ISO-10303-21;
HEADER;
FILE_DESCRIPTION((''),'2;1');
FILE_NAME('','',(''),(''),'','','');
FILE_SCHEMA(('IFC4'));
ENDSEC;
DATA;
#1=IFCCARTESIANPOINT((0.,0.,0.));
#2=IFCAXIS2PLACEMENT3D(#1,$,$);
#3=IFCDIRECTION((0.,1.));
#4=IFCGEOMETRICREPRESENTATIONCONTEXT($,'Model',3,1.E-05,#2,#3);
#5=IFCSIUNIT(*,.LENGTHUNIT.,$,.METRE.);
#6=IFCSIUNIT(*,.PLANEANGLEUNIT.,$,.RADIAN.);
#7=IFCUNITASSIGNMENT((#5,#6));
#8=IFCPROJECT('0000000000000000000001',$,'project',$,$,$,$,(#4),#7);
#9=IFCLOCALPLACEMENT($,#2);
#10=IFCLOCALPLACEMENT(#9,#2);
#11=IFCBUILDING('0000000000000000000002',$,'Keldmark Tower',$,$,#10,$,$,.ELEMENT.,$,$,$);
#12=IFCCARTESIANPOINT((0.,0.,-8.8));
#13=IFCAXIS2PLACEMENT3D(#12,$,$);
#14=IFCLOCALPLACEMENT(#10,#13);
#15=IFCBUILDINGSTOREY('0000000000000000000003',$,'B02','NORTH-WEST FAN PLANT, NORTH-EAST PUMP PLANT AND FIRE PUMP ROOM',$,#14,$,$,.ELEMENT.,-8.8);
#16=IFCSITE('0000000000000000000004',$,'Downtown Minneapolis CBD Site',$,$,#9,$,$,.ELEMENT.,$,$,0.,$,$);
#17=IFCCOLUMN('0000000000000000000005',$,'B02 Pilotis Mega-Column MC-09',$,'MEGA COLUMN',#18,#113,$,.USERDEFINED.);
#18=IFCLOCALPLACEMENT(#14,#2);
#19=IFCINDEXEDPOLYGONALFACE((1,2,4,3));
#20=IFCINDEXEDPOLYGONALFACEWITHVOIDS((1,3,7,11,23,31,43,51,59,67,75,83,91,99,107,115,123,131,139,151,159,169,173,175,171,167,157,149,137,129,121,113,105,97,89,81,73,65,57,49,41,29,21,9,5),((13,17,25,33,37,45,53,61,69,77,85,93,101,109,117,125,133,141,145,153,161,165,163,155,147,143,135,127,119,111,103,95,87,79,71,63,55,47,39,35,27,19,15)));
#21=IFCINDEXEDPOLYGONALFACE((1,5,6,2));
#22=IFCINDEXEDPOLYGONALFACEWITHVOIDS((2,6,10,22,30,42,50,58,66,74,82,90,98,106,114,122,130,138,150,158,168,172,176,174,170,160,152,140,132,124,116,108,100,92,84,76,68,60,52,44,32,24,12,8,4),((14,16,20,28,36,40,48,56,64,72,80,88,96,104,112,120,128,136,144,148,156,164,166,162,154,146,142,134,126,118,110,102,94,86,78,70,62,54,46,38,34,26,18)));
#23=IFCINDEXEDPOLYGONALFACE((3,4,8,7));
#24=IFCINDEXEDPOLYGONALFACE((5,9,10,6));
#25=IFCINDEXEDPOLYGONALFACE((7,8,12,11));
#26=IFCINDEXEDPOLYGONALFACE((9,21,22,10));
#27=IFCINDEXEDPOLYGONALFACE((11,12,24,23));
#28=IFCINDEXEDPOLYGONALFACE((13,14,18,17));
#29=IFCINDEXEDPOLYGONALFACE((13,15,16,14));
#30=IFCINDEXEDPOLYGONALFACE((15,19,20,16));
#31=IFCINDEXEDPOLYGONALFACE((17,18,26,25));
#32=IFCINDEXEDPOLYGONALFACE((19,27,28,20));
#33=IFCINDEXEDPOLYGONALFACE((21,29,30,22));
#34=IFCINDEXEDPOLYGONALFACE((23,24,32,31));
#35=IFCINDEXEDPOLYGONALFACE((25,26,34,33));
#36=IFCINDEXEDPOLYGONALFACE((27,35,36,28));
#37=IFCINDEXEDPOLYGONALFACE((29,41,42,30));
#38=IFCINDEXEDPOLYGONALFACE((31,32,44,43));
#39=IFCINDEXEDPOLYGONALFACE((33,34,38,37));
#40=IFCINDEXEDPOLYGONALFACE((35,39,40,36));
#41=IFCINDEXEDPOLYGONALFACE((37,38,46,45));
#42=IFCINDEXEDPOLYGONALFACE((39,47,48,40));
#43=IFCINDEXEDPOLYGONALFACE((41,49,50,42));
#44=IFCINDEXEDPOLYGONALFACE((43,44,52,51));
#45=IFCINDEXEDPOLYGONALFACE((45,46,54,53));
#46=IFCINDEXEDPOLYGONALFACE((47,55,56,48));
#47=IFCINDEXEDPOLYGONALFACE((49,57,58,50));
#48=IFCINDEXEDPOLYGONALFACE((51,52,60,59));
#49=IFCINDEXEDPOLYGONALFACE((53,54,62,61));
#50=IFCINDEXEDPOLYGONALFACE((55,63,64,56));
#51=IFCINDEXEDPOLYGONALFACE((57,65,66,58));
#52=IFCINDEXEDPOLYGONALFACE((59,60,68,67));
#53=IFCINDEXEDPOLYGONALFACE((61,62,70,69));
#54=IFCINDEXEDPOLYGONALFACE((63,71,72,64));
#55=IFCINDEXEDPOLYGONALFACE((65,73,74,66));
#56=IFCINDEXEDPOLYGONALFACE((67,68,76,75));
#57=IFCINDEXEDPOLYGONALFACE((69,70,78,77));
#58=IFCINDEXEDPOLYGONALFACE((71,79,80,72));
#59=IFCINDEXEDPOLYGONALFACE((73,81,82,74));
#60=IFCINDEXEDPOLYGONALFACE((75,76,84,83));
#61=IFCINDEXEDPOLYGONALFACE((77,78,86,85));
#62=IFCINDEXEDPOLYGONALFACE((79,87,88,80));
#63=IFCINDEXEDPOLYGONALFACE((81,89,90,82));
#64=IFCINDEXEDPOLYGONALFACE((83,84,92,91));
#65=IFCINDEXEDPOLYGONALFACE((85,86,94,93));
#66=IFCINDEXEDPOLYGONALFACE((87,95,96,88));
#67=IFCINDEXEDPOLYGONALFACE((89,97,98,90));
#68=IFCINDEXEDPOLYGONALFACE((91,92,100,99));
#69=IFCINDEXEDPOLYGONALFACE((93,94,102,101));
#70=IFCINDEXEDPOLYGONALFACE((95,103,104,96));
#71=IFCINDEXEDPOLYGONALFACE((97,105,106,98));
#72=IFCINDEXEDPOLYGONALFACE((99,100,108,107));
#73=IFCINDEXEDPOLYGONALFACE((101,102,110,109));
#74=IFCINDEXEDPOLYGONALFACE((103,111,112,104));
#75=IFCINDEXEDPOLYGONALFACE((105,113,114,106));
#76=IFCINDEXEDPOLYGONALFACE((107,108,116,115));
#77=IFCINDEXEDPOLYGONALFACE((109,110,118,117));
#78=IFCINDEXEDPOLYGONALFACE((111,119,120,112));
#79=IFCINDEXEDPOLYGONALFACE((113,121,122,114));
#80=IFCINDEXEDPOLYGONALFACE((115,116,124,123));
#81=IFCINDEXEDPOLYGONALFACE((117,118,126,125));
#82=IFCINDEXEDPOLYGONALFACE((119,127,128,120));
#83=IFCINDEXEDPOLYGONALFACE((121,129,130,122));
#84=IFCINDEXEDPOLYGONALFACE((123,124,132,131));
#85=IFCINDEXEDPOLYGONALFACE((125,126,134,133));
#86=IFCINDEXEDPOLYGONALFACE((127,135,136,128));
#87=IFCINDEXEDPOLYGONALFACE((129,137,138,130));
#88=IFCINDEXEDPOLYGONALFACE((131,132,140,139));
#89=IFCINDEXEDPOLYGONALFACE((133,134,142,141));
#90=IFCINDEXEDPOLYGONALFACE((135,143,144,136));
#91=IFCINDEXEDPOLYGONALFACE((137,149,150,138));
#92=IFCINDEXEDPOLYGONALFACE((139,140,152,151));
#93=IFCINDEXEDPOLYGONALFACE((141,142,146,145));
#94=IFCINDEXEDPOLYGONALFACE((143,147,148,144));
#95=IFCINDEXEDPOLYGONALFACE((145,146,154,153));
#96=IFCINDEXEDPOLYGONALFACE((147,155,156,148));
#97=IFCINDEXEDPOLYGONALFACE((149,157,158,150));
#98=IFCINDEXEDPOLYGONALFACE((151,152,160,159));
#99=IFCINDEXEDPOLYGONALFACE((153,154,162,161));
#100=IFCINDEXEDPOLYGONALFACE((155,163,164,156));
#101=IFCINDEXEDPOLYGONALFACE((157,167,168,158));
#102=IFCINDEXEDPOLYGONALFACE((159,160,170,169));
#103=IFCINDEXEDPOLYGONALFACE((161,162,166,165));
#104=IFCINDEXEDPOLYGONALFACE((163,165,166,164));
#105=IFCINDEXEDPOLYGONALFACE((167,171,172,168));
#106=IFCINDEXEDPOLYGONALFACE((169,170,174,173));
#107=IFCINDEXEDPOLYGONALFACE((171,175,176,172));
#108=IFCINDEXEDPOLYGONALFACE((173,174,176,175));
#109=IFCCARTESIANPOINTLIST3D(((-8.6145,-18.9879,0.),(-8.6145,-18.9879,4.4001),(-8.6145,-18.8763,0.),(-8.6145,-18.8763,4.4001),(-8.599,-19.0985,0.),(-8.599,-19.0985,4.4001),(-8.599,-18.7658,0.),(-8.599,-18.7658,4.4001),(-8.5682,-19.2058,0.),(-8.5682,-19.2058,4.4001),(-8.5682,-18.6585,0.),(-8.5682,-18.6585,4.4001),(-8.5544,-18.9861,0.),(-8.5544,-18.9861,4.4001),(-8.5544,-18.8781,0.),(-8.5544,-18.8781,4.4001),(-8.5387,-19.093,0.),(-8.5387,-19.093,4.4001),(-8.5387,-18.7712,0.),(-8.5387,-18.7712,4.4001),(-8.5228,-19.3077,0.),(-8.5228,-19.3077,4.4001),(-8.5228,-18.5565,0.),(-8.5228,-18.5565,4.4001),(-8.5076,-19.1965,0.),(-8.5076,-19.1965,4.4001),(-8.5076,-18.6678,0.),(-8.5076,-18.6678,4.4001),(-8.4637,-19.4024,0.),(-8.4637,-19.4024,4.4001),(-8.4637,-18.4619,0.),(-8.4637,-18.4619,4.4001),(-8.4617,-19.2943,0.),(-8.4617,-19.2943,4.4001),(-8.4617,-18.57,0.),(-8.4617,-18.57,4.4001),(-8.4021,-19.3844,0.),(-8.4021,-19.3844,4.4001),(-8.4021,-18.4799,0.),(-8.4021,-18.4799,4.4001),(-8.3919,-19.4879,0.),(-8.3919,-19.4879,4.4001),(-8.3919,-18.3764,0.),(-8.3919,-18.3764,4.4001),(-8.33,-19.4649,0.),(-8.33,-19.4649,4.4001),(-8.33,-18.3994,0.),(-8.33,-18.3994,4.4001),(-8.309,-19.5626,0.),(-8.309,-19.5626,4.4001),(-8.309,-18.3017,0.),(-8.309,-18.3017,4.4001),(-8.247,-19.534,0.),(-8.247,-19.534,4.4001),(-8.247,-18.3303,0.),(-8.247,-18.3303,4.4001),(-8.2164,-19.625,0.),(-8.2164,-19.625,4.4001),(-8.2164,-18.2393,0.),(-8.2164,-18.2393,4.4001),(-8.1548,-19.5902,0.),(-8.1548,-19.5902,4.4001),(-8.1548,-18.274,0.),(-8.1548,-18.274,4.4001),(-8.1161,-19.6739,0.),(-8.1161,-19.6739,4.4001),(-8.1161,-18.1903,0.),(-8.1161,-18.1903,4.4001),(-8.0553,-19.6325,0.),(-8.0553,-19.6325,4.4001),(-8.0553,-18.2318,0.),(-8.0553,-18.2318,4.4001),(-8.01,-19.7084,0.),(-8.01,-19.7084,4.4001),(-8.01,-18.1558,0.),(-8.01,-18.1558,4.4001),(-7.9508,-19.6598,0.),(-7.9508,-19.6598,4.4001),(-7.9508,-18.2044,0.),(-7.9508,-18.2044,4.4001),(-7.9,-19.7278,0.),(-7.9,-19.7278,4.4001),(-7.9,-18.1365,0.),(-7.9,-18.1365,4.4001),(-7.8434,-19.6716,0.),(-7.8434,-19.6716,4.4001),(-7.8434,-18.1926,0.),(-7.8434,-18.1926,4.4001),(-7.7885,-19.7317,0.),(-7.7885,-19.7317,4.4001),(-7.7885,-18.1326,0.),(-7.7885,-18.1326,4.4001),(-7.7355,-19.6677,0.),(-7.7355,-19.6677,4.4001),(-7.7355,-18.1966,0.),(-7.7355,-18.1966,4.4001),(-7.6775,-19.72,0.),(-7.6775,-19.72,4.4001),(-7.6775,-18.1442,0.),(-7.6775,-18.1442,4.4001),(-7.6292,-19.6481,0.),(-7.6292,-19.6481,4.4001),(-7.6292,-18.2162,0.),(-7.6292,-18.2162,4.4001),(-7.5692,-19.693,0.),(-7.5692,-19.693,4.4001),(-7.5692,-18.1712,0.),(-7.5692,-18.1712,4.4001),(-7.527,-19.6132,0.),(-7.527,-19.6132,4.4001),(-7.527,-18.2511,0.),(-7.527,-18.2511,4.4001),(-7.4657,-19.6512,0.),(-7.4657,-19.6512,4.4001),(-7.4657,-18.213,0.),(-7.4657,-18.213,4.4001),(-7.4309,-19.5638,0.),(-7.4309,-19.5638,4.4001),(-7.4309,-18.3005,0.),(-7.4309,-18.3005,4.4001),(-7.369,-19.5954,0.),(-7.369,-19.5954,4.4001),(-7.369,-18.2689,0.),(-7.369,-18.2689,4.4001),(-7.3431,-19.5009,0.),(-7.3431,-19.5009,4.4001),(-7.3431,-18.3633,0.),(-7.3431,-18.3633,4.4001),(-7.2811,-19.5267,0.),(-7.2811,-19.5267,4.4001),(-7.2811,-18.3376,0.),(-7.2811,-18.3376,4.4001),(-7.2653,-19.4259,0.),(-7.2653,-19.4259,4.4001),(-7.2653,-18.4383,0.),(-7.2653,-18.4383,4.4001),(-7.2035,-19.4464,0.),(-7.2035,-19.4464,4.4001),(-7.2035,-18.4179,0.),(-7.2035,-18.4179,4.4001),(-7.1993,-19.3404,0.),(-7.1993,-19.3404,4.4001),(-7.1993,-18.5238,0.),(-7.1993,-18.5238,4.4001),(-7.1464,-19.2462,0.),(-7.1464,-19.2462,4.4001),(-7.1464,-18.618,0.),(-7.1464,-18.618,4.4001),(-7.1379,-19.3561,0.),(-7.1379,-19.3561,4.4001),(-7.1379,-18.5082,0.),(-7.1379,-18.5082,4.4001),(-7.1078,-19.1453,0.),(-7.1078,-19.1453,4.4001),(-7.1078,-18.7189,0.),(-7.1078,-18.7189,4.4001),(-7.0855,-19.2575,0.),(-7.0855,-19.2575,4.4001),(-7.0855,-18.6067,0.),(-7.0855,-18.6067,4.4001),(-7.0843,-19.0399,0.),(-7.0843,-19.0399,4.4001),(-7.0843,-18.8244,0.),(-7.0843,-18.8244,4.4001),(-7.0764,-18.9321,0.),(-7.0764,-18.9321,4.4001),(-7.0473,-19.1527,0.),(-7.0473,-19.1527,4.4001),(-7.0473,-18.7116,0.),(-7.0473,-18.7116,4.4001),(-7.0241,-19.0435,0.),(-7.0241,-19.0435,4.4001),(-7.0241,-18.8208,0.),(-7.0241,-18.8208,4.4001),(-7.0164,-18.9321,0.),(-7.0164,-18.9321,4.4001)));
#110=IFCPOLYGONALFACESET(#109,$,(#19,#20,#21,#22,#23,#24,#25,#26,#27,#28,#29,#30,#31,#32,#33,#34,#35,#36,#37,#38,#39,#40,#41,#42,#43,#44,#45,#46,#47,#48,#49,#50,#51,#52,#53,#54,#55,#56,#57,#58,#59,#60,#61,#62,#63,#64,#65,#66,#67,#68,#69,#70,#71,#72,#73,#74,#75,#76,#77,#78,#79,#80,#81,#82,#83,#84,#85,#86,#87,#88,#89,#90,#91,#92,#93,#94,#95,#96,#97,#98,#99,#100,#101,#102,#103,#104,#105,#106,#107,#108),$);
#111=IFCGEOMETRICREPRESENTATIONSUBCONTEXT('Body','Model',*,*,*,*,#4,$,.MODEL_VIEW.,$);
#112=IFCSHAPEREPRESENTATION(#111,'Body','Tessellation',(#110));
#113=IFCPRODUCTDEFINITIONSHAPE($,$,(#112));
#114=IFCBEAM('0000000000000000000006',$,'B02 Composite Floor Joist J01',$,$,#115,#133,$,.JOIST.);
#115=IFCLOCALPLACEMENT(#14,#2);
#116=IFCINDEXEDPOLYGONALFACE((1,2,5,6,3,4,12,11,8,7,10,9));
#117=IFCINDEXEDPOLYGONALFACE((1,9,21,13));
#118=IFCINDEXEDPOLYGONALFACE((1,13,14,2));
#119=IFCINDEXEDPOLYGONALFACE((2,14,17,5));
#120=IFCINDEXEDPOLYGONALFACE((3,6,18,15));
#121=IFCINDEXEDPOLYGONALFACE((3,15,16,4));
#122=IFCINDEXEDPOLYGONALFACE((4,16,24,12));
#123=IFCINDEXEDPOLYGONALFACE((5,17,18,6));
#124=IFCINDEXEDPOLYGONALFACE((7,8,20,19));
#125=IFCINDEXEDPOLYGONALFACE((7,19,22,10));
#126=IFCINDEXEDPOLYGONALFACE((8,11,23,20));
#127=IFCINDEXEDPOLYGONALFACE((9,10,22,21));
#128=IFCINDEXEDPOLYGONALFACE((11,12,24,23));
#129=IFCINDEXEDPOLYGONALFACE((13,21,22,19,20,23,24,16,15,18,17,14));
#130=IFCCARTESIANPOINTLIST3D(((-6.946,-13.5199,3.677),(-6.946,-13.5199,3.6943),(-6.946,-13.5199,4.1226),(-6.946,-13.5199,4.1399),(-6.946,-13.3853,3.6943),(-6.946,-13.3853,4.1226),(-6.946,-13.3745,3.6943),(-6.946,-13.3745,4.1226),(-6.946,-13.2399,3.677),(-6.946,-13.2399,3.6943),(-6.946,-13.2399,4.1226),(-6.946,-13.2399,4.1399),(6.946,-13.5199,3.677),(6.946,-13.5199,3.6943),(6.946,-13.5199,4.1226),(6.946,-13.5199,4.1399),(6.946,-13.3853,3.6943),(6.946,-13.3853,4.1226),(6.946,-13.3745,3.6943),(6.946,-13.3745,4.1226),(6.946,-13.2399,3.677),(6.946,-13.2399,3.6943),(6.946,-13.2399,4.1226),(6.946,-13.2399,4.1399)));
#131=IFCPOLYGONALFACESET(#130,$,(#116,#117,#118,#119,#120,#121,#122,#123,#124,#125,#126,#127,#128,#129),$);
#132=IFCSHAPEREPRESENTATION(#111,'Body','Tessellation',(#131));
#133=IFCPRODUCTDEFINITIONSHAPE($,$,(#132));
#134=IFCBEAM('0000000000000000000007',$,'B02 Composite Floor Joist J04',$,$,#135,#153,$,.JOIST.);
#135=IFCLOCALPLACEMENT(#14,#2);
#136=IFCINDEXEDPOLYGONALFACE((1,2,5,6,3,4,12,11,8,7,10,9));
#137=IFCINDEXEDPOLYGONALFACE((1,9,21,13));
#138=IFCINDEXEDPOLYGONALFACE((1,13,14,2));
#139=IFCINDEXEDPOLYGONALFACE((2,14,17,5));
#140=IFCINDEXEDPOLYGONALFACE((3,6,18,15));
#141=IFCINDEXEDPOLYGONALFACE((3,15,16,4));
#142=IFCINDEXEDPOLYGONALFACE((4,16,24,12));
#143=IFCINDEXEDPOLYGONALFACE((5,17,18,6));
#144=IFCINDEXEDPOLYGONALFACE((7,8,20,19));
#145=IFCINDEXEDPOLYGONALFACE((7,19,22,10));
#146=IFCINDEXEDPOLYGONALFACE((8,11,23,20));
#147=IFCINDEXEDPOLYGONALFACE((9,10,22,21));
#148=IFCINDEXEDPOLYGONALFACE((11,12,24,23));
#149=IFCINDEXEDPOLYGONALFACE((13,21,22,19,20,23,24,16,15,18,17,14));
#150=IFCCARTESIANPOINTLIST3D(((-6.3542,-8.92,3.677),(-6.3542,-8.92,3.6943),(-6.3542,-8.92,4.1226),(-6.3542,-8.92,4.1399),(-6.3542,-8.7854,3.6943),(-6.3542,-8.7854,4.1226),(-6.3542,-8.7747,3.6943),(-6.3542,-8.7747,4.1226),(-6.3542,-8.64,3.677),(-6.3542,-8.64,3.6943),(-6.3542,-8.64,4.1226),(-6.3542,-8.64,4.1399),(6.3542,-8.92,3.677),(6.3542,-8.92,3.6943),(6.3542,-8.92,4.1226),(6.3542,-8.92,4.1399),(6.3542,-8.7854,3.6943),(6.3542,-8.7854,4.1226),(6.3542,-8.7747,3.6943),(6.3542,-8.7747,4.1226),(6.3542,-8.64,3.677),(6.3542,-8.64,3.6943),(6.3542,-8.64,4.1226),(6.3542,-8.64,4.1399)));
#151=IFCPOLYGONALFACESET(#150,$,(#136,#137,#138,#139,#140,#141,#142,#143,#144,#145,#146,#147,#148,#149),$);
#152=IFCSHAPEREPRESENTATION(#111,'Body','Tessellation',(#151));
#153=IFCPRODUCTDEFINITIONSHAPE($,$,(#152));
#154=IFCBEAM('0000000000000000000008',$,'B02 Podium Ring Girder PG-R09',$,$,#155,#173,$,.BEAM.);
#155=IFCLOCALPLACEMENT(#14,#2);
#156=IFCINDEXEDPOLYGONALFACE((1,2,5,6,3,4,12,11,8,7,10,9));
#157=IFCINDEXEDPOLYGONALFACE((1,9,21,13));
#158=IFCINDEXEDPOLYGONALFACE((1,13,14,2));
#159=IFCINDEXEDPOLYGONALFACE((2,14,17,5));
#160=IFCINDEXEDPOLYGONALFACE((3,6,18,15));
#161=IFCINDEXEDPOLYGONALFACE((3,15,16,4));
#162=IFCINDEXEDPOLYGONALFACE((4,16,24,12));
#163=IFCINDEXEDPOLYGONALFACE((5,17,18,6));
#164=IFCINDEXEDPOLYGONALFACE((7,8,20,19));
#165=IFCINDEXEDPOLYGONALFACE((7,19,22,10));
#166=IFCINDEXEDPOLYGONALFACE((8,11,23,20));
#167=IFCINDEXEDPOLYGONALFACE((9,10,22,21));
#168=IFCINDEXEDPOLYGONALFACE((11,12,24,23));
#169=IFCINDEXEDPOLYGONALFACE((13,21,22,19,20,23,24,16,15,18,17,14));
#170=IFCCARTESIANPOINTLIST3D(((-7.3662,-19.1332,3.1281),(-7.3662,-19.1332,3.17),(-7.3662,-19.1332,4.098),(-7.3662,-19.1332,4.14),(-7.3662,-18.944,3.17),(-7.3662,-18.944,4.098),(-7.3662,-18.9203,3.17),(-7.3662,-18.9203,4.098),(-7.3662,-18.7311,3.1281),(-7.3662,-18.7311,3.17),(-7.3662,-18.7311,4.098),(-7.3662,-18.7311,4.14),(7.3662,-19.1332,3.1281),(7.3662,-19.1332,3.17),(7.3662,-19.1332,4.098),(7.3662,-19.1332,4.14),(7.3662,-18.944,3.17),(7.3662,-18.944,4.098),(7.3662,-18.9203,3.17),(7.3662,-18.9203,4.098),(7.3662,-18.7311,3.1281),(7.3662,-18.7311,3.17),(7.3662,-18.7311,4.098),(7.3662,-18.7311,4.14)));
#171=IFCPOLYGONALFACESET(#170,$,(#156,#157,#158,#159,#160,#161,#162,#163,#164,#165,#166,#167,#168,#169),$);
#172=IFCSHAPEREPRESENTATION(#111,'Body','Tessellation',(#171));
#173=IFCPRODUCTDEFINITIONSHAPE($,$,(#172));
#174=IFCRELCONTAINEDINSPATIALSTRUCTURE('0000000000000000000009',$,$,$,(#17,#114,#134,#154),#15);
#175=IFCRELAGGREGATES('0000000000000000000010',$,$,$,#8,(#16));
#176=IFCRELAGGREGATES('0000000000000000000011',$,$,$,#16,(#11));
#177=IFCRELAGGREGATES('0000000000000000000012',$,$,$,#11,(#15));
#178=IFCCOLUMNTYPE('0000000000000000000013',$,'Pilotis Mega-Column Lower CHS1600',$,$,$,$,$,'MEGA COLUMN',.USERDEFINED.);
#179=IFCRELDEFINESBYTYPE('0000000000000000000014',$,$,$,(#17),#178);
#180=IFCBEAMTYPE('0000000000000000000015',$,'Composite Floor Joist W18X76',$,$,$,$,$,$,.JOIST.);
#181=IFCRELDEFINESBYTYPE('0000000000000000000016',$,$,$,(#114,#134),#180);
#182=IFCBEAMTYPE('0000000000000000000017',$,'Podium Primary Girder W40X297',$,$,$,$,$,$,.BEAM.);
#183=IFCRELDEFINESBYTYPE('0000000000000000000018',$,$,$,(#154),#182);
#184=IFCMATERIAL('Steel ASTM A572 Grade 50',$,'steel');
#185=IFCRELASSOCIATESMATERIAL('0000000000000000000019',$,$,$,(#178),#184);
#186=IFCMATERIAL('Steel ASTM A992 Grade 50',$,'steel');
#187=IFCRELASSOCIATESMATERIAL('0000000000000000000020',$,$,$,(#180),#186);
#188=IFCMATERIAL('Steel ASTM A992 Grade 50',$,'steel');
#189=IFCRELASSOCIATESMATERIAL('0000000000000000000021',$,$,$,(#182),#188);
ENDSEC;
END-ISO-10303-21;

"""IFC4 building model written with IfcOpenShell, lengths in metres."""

from ifc_helpers import new_model, si_unit, direction, frame, origin, origin_2d, place, context, subcontext, project, spatial, hollow_circle, i_section, extrude, material, material_profile, profile_set, type_object, element, save


model = new_model("IFC4")

# Units and contexts
model_context = context("Model", 3, precision=1e-05, world=origin(), true_north=direction((0.0, 1.0)))
body_context = subcontext(model_context, "Body", "Model", "MODEL_VIEW")
ifc_project = project(units=[si_unit("LENGTHUNIT", "METRE"), si_unit("PLANEANGLEUNIT", "RADIAN")], contexts=[model_context])

# Site, building, storey
site_placement = place(None, origin())
site = spatial("IfcSite", under=ifc_project, at=site_placement, Name="Downtown Minneapolis CBD Site", CompositionType="ELEMENT", RefElevation=0.0)
building_placement = place(site_placement, origin())
building = spatial("IfcBuilding", under=site, at=building_placement, Name="Keldmark Tower", CompositionType="ELEMENT")
storey_placement = place(building_placement, frame((0.0, 0.0, -8.8)))
storey = spatial("IfcBuildingStorey", under=building, at=storey_placement, Name="B02", Description="NORTH-WEST FAN PLANT, NORTH-EAST PUMP PLANT AND FIRE PUMP ROOM", CompositionType="ELEMENT", Elevation=-8.8)

# Column
ifc_material_1 = material(Name="Steel ASTM A572 Grade 50", Category="steel")
ifc_material_profile_1 = material_profile(ifc_material_1, hollow_circle(Radius=0.8, WallThickness=0.0601, at=origin_2d()), Name="CHS1600X60")
ifc_profile_set_1 = profile_set([ifc_material_profile_1], Name="Steel ASTM A572 Grade 50")
column_type = type_object("IfcColumnType", Name="Pilotis Mega-Column Lower CHS1600", ElementType="MEGA COLUMN", PredefinedType="USERDEFINED", material=ifc_profile_set_1)
column_placement = place(storey_placement, frame((-7.8164, -18.9321, 0.0), z_axis=(0.0, 0.0, 1.0), x_axis=(1.0, 0.0, 0.0)))
element("IfcColumn", 1, at=column_placement, inside=storey, type_object=column_type, Name="B02 Pilotis Mega-Column MC-09", ObjectType="MEGA COLUMN", PredefinedType="USERDEFINED", context=body_context, shape_type="SweptSolid", body=[
    extrude(hollow_circle(Radius=0.8, WallThickness=0.0601, at=origin_2d()), origin(), (0.0, 0.0, 1.0), 4.4001),
])

# Beams
ifc_material_2 = material(Name="Steel ASTM A992 Grade 50", Category="steel")
ifc_material_profile_2 = material_profile(ifc_material_2, i_section(OverallWidth=0.28, OverallDepth=0.4629, WebThickness=0.0107, FlangeThickness=0.0173, at=origin_2d()), Name="W18X76")
ifc_profile_set_2 = profile_set([ifc_material_profile_2], Name="Steel ASTM A992 Grade 50")
beam_type_1 = type_object("IfcBeamType", Name="Composite Floor Joist W18X76", PredefinedType="JOIST", material=ifc_profile_set_2)
beam_1_placement = place(storey_placement, frame((-6.946, -13.3799, 3.9084), z_axis=(1.0, 0.0, 0.0), x_axis=(0.0, 1.0, 0.0)))
element("IfcBeam", 2, at=beam_1_placement, inside=storey, type_object=beam_type_1, Name="B02 Composite Floor Joist J01", PredefinedType="JOIST", context=body_context, shape_type="SweptSolid", body=[
    extrude(i_section(OverallWidth=0.28, OverallDepth=0.4629, WebThickness=0.0107, FlangeThickness=0.0173, at=origin_2d()), origin(), (0.0, 0.0, 1.0), 13.8921),
])
beam_2_placement = place(storey_placement, frame((-6.3542, -8.78, 3.9084), z_axis=(1.0, 0.0, 0.0), x_axis=(0.0, 1.0, 0.0)))
element("IfcBeam", 3, at=beam_2_placement, inside=storey, type_object=beam_type_1, Name="B02 Composite Floor Joist J04", PredefinedType="JOIST", context=body_context, shape_type="SweptSolid", body=[
    extrude(i_section(OverallWidth=0.28, OverallDepth=0.4629, WebThickness=0.0107, FlangeThickness=0.0173, at=origin_2d()), origin(), (0.0, 0.0, 1.0), 12.7085),
])
ifc_material_3 = material(Name="Steel ASTM A992 Grade 50", Category="steel")
ifc_material_profile_3 = material_profile(ifc_material_3, i_section(OverallWidth=0.4021, OverallDepth=1.012, WebThickness=0.0237, FlangeThickness=0.042, at=origin_2d()), Name="W40X297")
ifc_profile_set_3 = profile_set([ifc_material_profile_3], Name="Steel ASTM A992 Grade 50")
beam_type_2 = type_object("IfcBeamType", Name="Podium Primary Girder W40X297", PredefinedType="BEAM", material=ifc_profile_set_3)
beam_3_placement = place(storey_placement, frame((-7.3662, -18.9321, 3.634), z_axis=(1.0, 0.0, 0.0), x_axis=(0.0, 1.0, 0.0)))
element("IfcBeam", 4, at=beam_3_placement, inside=storey, type_object=beam_type_2, Name="B02 Podium Ring Girder PG-R09", PredefinedType="BEAM", context=body_context, shape_type="SweptSolid", body=[
    extrude(i_section(OverallWidth=0.4021, OverallDepth=1.012, WebThickness=0.0237, FlangeThickness=0.042, at=origin_2d()), origin(), (0.0, 0.0, 1.0), 14.7324),
])

save(model, "model.ifc")
